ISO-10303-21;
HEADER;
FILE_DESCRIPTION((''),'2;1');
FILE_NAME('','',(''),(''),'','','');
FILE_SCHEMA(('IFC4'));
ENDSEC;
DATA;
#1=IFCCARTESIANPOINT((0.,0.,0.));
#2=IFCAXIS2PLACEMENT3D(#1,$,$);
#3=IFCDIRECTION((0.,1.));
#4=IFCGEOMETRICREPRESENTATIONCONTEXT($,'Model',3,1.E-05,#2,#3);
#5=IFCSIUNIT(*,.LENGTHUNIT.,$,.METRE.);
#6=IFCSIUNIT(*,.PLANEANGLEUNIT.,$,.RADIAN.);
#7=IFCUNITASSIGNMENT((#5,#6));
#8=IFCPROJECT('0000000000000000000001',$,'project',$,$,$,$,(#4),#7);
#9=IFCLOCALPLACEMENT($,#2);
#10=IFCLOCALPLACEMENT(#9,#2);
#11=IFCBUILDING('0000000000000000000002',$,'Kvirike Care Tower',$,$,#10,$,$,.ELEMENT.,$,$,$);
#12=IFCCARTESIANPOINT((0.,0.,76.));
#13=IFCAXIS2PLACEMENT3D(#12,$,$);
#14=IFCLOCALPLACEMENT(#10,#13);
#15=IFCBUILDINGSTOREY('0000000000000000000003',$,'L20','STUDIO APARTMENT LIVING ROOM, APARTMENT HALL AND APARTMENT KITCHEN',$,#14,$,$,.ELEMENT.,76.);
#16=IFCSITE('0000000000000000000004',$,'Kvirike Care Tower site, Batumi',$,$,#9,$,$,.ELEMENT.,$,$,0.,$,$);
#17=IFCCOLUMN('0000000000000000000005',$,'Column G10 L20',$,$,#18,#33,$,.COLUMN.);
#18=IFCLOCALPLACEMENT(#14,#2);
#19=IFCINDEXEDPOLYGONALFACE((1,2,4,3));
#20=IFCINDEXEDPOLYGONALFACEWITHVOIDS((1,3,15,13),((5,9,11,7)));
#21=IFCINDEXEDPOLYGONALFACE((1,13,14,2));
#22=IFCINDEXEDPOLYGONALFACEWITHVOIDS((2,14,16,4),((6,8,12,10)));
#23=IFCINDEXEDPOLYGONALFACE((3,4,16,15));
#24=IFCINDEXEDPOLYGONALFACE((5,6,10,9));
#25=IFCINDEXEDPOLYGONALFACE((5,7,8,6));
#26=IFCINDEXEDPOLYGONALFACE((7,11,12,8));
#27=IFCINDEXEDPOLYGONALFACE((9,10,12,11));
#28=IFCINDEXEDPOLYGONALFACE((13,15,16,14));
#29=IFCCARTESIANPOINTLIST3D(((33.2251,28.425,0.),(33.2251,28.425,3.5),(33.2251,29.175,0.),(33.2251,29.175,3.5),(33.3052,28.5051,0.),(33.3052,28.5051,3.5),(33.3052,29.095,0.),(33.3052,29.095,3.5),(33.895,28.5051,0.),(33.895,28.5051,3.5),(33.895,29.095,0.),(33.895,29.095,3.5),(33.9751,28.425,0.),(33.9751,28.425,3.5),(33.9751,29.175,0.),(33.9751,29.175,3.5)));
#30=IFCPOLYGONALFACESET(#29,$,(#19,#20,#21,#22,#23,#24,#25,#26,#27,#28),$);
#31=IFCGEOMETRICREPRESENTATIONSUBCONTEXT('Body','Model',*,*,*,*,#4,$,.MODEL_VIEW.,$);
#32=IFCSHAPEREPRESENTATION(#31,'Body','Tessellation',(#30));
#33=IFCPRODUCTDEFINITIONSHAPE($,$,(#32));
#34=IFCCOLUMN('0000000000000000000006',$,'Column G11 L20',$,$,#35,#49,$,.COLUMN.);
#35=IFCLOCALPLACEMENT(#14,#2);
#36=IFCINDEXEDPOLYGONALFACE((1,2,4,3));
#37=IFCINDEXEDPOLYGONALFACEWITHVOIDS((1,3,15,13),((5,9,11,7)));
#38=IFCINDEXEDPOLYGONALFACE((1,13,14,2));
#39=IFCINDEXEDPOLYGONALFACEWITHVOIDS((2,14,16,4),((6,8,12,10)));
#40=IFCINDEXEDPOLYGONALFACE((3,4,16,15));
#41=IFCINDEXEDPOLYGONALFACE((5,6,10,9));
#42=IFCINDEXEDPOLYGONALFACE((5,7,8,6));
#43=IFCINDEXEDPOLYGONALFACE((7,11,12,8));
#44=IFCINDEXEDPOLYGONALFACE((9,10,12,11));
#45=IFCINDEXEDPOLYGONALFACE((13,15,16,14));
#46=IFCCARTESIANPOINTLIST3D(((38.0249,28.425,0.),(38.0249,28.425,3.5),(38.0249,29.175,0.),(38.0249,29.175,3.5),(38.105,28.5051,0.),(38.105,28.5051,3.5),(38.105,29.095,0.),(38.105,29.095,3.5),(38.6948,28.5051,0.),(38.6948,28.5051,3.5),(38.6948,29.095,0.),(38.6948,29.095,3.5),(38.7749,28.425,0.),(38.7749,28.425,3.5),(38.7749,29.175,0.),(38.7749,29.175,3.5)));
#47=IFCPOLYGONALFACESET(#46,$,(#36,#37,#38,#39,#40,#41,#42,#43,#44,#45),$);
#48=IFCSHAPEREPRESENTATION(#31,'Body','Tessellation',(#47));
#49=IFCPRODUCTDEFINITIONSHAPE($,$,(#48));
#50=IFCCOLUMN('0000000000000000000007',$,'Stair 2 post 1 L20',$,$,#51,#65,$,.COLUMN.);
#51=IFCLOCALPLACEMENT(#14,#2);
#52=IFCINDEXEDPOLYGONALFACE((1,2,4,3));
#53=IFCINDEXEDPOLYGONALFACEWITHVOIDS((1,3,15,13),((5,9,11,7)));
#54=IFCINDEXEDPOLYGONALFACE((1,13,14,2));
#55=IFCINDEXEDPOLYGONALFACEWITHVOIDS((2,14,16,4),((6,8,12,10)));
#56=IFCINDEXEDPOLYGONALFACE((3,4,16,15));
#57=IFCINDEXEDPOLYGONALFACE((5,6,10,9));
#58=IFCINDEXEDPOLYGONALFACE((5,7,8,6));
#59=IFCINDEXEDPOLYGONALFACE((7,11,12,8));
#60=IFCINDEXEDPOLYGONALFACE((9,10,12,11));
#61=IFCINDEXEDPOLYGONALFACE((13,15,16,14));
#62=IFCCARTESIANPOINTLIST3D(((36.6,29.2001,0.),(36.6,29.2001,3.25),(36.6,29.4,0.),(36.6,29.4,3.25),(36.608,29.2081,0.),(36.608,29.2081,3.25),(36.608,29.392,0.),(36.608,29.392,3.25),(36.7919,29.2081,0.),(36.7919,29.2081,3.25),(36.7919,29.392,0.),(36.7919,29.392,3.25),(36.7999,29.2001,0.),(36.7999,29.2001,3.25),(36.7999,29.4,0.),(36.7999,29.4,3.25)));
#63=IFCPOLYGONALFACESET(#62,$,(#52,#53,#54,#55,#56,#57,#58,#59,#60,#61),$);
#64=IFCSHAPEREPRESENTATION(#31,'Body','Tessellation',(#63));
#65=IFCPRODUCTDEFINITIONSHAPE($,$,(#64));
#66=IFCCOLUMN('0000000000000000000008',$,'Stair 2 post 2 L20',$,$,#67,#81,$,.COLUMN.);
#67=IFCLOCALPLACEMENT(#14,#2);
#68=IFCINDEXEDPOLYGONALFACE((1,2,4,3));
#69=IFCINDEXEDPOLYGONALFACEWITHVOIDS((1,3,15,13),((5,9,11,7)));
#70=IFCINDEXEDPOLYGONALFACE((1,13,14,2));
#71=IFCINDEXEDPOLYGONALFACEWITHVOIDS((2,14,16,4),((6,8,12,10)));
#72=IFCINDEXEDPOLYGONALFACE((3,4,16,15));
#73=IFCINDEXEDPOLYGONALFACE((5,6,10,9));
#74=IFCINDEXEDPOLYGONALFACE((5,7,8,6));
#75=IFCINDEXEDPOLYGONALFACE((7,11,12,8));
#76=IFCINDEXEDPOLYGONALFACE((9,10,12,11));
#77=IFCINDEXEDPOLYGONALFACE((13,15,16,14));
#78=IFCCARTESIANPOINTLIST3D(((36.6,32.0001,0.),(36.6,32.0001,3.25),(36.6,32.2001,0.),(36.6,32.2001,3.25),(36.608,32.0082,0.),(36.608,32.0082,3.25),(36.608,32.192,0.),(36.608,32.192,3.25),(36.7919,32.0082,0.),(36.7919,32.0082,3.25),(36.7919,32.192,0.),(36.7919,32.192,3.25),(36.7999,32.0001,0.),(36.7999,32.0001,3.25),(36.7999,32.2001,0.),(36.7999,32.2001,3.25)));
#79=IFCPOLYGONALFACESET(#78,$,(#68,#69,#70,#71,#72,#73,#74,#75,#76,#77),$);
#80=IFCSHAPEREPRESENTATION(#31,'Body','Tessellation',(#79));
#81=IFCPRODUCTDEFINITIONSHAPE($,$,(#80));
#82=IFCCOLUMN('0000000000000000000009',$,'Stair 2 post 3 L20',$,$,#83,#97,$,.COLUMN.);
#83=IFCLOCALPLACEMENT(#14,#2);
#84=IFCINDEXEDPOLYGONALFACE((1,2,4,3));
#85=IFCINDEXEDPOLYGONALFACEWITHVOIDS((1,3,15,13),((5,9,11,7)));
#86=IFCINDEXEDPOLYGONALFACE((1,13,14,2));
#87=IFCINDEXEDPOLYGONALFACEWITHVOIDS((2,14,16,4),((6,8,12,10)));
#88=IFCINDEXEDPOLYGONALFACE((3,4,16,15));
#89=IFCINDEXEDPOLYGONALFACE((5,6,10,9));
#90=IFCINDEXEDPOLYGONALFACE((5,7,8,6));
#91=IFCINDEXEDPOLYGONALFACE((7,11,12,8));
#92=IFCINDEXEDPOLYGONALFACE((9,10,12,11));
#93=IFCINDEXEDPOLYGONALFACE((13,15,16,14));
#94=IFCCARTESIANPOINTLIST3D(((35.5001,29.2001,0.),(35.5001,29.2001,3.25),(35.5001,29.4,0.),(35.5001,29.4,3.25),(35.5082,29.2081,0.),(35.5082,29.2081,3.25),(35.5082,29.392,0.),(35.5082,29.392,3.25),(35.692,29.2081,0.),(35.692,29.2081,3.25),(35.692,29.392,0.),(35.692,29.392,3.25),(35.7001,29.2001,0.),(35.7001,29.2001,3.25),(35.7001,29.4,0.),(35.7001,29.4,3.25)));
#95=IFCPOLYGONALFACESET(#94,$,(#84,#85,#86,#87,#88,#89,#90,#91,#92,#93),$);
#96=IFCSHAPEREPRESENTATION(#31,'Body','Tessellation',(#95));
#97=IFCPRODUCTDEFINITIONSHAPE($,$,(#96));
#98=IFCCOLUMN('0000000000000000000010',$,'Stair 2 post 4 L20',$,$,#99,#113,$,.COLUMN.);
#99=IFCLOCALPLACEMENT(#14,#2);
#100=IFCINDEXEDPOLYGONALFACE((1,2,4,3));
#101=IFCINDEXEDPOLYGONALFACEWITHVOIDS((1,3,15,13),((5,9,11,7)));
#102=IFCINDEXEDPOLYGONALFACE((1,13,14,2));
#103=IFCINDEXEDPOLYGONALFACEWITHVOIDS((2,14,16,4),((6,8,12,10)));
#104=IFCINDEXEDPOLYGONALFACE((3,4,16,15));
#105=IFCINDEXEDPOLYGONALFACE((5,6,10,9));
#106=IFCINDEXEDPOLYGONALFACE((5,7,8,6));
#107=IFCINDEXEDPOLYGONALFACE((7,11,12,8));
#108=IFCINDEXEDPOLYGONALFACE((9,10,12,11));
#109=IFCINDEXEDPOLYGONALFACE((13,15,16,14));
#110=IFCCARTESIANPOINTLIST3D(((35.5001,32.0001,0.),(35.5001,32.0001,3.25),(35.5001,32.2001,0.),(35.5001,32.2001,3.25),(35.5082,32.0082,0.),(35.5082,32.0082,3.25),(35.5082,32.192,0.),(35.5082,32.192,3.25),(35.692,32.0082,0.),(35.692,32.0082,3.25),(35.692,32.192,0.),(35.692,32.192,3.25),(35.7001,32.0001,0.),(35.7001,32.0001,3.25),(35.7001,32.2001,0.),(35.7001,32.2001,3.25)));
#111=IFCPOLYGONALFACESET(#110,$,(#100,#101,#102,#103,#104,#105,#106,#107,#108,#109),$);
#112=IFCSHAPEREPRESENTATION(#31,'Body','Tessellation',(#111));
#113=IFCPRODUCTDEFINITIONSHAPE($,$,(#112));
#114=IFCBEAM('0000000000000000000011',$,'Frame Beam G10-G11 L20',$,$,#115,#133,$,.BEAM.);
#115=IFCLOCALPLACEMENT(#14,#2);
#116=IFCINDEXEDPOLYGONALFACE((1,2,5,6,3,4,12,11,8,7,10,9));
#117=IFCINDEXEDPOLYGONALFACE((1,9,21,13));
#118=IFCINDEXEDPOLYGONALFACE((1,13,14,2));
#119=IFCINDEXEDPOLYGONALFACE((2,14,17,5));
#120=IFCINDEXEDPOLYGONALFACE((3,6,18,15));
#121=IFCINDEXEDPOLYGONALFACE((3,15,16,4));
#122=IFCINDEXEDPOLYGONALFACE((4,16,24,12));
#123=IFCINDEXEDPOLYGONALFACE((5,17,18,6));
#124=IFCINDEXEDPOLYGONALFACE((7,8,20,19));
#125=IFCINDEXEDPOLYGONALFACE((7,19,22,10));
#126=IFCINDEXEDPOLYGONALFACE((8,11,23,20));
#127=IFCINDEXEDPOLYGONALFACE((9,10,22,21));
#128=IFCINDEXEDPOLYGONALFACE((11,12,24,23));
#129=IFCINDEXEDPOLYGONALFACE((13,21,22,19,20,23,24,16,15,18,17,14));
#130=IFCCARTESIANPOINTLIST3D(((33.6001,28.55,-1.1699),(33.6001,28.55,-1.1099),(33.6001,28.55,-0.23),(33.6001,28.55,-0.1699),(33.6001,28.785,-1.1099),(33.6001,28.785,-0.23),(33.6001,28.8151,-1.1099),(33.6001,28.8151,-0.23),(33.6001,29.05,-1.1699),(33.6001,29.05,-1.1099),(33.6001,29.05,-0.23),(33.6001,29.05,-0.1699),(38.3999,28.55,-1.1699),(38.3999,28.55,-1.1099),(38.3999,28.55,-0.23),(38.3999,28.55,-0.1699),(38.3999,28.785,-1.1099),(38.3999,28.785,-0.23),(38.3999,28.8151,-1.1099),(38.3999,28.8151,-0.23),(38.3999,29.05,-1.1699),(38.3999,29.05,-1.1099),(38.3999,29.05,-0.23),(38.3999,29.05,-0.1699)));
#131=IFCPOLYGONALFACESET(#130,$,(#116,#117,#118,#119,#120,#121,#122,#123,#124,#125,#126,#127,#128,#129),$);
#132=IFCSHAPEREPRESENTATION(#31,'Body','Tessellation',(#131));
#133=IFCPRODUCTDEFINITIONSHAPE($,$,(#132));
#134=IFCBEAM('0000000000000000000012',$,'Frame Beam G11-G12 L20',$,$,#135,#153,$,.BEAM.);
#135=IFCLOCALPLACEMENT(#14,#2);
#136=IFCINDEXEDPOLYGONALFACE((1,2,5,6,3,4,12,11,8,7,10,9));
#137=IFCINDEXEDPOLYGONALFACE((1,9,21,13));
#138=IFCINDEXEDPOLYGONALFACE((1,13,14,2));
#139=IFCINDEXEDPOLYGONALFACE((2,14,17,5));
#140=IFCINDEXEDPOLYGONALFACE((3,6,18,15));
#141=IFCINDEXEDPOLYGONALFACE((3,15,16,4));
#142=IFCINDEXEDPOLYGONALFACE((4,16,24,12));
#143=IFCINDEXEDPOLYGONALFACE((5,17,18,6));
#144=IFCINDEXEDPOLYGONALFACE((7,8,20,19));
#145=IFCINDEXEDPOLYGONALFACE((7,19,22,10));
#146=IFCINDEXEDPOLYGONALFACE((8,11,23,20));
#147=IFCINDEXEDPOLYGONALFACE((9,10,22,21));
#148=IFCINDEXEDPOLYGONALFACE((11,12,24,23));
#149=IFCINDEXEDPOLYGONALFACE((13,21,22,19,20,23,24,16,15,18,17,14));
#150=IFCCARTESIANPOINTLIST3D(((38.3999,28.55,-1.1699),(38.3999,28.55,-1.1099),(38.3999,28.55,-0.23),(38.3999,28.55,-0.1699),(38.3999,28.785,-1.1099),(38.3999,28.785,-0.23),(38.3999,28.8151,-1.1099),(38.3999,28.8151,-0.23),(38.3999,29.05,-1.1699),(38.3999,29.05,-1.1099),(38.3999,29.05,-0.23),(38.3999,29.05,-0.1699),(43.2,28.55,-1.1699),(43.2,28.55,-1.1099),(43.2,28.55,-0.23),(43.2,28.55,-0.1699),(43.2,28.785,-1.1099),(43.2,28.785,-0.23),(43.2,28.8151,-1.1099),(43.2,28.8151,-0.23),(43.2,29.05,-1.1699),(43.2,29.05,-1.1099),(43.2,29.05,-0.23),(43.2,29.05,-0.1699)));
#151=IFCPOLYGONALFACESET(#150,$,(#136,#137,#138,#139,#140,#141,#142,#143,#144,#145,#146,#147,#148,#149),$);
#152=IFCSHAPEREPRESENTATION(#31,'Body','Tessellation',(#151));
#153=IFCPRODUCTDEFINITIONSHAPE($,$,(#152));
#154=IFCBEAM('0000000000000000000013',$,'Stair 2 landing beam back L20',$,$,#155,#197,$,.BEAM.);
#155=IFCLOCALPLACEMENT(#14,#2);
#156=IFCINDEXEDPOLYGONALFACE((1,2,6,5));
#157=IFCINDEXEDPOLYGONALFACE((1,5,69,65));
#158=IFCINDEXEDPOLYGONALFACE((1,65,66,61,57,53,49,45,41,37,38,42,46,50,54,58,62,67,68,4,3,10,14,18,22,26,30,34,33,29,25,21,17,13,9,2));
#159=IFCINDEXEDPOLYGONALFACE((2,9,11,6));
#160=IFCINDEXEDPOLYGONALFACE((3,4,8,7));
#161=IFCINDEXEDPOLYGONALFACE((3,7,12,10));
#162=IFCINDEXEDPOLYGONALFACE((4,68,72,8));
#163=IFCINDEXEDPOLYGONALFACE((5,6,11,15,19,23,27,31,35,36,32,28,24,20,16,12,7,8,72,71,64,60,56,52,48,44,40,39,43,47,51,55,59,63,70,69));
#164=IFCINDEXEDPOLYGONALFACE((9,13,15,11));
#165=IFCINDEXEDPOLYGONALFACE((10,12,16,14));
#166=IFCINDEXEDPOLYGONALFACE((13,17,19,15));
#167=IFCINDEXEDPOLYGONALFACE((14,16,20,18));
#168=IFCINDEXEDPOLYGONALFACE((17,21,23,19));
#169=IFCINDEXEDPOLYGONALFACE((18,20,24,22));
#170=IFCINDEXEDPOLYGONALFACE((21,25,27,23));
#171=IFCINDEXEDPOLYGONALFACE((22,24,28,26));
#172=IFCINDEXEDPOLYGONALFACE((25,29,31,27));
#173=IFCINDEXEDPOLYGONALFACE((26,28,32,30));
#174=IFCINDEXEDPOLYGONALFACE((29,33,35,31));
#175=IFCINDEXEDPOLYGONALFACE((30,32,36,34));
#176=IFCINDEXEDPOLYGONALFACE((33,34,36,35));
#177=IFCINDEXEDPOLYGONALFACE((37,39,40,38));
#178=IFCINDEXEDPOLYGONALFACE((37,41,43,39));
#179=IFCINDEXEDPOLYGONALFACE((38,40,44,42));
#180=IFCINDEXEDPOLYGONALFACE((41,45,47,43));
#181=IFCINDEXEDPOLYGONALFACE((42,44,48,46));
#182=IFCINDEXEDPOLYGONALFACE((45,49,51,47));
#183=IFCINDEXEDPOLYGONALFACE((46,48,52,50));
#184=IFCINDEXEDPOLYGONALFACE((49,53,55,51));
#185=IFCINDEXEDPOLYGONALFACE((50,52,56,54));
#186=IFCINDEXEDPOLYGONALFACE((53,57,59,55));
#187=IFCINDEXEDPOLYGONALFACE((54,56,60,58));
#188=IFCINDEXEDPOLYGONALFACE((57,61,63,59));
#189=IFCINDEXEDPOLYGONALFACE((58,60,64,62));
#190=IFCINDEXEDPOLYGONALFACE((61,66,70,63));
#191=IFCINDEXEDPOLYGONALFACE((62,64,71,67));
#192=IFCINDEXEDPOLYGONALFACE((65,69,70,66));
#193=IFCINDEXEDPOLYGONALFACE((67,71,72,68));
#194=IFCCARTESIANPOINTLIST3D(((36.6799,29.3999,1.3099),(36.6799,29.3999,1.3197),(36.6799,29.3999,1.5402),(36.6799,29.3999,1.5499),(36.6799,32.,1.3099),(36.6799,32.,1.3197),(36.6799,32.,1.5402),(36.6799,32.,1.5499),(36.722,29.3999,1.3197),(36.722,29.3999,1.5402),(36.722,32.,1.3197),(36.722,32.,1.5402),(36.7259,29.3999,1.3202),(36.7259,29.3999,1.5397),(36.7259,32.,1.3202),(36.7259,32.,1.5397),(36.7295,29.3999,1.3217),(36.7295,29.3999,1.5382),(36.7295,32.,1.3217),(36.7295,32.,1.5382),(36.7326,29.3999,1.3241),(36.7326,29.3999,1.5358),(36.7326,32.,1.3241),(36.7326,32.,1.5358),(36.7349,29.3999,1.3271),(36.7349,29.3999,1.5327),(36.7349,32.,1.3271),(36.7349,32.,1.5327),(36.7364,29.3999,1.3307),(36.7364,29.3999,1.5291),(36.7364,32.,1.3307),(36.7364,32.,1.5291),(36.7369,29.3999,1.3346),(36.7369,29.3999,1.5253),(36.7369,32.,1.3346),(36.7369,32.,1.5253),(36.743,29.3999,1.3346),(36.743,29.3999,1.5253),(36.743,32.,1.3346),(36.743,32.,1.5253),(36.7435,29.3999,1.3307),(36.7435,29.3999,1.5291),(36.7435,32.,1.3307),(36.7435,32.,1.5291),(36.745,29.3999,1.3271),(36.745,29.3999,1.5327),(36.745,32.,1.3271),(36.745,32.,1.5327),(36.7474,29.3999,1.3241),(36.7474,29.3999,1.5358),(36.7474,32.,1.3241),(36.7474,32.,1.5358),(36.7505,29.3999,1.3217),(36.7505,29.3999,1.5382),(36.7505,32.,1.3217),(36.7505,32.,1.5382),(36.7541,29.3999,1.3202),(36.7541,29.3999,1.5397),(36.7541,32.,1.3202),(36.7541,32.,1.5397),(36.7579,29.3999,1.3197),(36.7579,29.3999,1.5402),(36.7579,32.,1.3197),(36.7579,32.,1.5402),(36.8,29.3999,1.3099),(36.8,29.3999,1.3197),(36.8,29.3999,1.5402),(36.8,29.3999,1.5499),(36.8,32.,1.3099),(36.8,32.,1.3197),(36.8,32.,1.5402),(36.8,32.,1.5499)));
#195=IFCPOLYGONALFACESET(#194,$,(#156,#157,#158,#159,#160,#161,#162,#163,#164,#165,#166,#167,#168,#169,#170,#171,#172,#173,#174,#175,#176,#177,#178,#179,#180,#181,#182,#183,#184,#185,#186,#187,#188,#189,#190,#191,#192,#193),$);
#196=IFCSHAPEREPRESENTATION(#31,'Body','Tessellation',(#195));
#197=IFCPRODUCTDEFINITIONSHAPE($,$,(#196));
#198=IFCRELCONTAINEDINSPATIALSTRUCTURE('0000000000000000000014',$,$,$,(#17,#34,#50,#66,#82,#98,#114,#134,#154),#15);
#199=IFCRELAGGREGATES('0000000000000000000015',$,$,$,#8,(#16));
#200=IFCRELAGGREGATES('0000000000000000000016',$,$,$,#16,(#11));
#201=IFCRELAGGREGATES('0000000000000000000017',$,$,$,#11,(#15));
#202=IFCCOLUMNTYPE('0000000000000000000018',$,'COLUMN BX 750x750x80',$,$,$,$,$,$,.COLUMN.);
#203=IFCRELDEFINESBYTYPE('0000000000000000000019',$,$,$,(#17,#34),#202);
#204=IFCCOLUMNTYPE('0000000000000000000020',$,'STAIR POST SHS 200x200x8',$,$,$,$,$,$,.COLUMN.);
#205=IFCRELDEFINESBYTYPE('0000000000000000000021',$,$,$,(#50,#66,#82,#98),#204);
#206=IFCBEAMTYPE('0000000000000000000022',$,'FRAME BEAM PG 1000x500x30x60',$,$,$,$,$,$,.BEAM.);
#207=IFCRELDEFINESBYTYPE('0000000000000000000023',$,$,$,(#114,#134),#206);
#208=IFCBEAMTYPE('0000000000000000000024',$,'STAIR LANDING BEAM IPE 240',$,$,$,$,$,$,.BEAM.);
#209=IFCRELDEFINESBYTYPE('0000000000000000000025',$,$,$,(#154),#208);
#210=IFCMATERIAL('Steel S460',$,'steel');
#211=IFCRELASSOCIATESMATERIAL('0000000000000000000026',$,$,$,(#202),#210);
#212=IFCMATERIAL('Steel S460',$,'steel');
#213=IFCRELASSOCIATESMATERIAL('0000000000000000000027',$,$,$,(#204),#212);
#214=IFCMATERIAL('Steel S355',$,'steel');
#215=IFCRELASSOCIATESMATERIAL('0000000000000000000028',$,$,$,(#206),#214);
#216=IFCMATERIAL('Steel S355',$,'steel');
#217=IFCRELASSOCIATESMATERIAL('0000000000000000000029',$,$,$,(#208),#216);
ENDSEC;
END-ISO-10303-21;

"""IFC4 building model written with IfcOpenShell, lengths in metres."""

from ifc_helpers import new_model, si_unit, direction, frame, origin, origin_2d, place, context, subcontext, project, spatial, hollow_rectangle, i_section, extrude, material, material_profile, profile_set, type_object, element, save


model = new_model("IFC4")

# Units and contexts
model_context = context("Model", 3, precision=1e-05, world=origin(), true_north=direction((0.0, 1.0)))
body_context = subcontext(model_context, "Body", "Model", "MODEL_VIEW")
ifc_project = project(units=[si_unit("LENGTHUNIT", "METRE"), si_unit("PLANEANGLEUNIT", "RADIAN")], contexts=[model_context])

# Site, building, storey
site_placement = place(None, origin())
site = spatial("IfcSite", under=ifc_project, at=site_placement, Name="Kvirike Care Tower site, Batumi", CompositionType="ELEMENT", RefElevation=0.0)
building_placement = place(site_placement, origin())
building = spatial("IfcBuilding", under=site, at=building_placement, Name="Kvirike Care Tower", CompositionType="ELEMENT")
storey_placement = place(building_placement, frame((0.0, 0.0, 76.0)))
storey = spatial("IfcBuildingStorey", under=building, at=storey_placement, Name="L20", Description="STUDIO APARTMENT LIVING ROOM, APARTMENT HALL AND APARTMENT KITCHEN", CompositionType="ELEMENT", Elevation=76.0)

# Columns
ifc_material_1 = material(Name="Steel S460", Category="steel")
ifc_material_profile_1 = material_profile(ifc_material_1, hollow_rectangle(XDim=0.75, YDim=0.75, WallThickness=0.0801, at=origin_2d()), Name="BX 750x750x80")
ifc_profile_set_1 = profile_set([ifc_material_profile_1], Name="Steel S460")
column_type_1 = type_object("IfcColumnType", Name="COLUMN BX 750x750x80", PredefinedType="COLUMN", material=ifc_profile_set_1)
for number, where, z_axis, x_axis, name in (
    (1, (33.6001, 28.8, 0.0), (0.0, 0.0, 1.0), (0.0, 1.0, 0.0), "Column G10 L20"),
    (2, (38.3999, 28.8, 0.0), (0.0, 0.0, 1.0), (0.0, 1.0, 0.0), "Column G11 L20"),
):
    element("IfcColumn", number, at=place(storey_placement, frame(where, z_axis=z_axis, x_axis=x_axis)), inside=storey, type_object=column_type_1, Name=name, PredefinedType="COLUMN", context=body_context, shape_type="SweptSolid", body=[
        extrude(hollow_rectangle(XDim=0.75, YDim=0.75, WallThickness=0.0801, at=origin_2d()), origin(), (0.0, 0.0, 1.0), 3.5),
    ])
ifc_material_2 = material(Name="Steel S460", Category="steel")
ifc_material_profile_2 = material_profile(ifc_material_2, hollow_rectangle(XDim=0.2, YDim=0.2, WallThickness=0.0081, at=origin_2d()), Name="SHS 200x200x8")
ifc_profile_set_2 = profile_set([ifc_material_profile_2], Name="Steel S460")
column_type_2 = type_object("IfcColumnType", Name="STAIR POST SHS 200x200x8", PredefinedType="COLUMN", material=ifc_profile_set_2)
for number, where, z_axis, x_axis, name in (
    (3, (36.7, 29.3, 0.0), (0.0, 0.0, 1.0), (1.0, 0.0, 0.0), "Stair 2 post 1 L20"),
    (4, (36.7, 32.1001, 0.0), (0.0, 0.0, 1.0), (1.0, 0.0, 0.0), "Stair 2 post 2 L20"),
    (5, (35.6001, 29.3, 0.0), (0.0, 0.0, 1.0), (1.0, 0.0, 0.0), "Stair 2 post 3 L20"),
    (6, (35.6001, 32.1001, 0.0), (0.0, 0.0, 1.0), (1.0, 0.0, 0.0), "Stair 2 post 4 L20"),
):
    element("IfcColumn", number, at=place(storey_placement, frame(where, z_axis=z_axis, x_axis=x_axis)), inside=storey, type_object=column_type_2, Name=name, PredefinedType="COLUMN", context=body_context, shape_type="SweptSolid", body=[
        extrude(hollow_rectangle(XDim=0.2, YDim=0.2, WallThickness=0.0081, at=origin_2d()), origin(), (0.0, 0.0, 1.0), 3.25),
    ])

# Beams
ifc_material_3 = material(Name="Steel S355", Category="steel")
ifc_material_profile_3 = material_profile(ifc_material_3, i_section(OverallWidth=0.5, OverallDepth=1.0, WebThickness=0.03, FlangeThickness=0.0601, at=origin_2d()), Name="PG 1000x500x30x60")
ifc_profile_set_3 = profile_set([ifc_material_profile_3], Name="Steel S355")
beam_type_1 = type_object("IfcBeamType", Name="FRAME BEAM PG 1000x500x30x60", PredefinedType="BEAM", material=ifc_profile_set_3)
beam_1_placement = place(storey_placement, frame((33.6001, 28.8, -0.6699), z_axis=(1.0, 0.0, 0.0), x_axis=(0.0, 1.0, 0.0)))
element("IfcBeam", 7, at=beam_1_placement, inside=storey, type_object=beam_type_1, Name="Frame Beam G10-G11 L20", PredefinedType="BEAM", context=body_context, shape_type="SweptSolid", body=[
    extrude(i_section(OverallWidth=0.5, OverallDepth=1.0, WebThickness=0.03, FlangeThickness=0.0601, at=origin_2d()), origin(), (0.0, 0.0, 1.0), 4.7998),
])
beam_2_placement = place(storey_placement, frame((38.3999, 28.8, -0.6699), z_axis=(1.0, 0.0, 0.0), x_axis=(0.0, 1.0, 0.0)))
element("IfcBeam", 8, at=beam_2_placement, inside=storey, type_object=beam_type_1, Name="Frame Beam G11-G12 L20", PredefinedType="BEAM", context=body_context, shape_type="SweptSolid", body=[
    extrude(i_section(OverallWidth=0.5, OverallDepth=1.0, WebThickness=0.03, FlangeThickness=0.0601, at=origin_2d()), origin(), (0.0, 0.0, 1.0), 4.8),
])
ifc_material_4 = material(Name="Steel S355", Category="steel")
ifc_material_profile_4 = material_profile(ifc_material_4, i_section(OverallWidth=0.1201, OverallDepth=0.24, WebThickness=0.0061, FlangeThickness=0.0098, FilletRadius=0.0149, at=origin_2d()), Name="IPE 240")
ifc_profile_set_4 = profile_set([ifc_material_profile_4], Name="Steel S355")
beam_type_2 = type_object("IfcBeamType", Name="STAIR LANDING BEAM IPE 240", PredefinedType="BEAM", material=ifc_profile_set_4)
for number, where, z_axis, x_axis, name in (
    (9, (36.74, 29.3999, 1.4299), (0.0, 1.0, 0.0), (-1.0, 0.0, 0.0), "Stair 2 landing beam back L20"),
):
    element("IfcBeam", number, at=place(storey_placement, frame(where, z_axis=z_axis, x_axis=x_axis)), inside=storey, type_object=beam_type_2, Name=name, PredefinedType="BEAM", context=body_context, shape_type="SweptSolid", body=[
        extrude(i_section(OverallWidth=0.1201, OverallDepth=0.24, WebThickness=0.0061, FlangeThickness=0.0098, FilletRadius=0.0149, at=origin_2d()), origin(), (0.0, 0.0, 1.0), 2.6001),
    ])

save(model, "model.ifc")
